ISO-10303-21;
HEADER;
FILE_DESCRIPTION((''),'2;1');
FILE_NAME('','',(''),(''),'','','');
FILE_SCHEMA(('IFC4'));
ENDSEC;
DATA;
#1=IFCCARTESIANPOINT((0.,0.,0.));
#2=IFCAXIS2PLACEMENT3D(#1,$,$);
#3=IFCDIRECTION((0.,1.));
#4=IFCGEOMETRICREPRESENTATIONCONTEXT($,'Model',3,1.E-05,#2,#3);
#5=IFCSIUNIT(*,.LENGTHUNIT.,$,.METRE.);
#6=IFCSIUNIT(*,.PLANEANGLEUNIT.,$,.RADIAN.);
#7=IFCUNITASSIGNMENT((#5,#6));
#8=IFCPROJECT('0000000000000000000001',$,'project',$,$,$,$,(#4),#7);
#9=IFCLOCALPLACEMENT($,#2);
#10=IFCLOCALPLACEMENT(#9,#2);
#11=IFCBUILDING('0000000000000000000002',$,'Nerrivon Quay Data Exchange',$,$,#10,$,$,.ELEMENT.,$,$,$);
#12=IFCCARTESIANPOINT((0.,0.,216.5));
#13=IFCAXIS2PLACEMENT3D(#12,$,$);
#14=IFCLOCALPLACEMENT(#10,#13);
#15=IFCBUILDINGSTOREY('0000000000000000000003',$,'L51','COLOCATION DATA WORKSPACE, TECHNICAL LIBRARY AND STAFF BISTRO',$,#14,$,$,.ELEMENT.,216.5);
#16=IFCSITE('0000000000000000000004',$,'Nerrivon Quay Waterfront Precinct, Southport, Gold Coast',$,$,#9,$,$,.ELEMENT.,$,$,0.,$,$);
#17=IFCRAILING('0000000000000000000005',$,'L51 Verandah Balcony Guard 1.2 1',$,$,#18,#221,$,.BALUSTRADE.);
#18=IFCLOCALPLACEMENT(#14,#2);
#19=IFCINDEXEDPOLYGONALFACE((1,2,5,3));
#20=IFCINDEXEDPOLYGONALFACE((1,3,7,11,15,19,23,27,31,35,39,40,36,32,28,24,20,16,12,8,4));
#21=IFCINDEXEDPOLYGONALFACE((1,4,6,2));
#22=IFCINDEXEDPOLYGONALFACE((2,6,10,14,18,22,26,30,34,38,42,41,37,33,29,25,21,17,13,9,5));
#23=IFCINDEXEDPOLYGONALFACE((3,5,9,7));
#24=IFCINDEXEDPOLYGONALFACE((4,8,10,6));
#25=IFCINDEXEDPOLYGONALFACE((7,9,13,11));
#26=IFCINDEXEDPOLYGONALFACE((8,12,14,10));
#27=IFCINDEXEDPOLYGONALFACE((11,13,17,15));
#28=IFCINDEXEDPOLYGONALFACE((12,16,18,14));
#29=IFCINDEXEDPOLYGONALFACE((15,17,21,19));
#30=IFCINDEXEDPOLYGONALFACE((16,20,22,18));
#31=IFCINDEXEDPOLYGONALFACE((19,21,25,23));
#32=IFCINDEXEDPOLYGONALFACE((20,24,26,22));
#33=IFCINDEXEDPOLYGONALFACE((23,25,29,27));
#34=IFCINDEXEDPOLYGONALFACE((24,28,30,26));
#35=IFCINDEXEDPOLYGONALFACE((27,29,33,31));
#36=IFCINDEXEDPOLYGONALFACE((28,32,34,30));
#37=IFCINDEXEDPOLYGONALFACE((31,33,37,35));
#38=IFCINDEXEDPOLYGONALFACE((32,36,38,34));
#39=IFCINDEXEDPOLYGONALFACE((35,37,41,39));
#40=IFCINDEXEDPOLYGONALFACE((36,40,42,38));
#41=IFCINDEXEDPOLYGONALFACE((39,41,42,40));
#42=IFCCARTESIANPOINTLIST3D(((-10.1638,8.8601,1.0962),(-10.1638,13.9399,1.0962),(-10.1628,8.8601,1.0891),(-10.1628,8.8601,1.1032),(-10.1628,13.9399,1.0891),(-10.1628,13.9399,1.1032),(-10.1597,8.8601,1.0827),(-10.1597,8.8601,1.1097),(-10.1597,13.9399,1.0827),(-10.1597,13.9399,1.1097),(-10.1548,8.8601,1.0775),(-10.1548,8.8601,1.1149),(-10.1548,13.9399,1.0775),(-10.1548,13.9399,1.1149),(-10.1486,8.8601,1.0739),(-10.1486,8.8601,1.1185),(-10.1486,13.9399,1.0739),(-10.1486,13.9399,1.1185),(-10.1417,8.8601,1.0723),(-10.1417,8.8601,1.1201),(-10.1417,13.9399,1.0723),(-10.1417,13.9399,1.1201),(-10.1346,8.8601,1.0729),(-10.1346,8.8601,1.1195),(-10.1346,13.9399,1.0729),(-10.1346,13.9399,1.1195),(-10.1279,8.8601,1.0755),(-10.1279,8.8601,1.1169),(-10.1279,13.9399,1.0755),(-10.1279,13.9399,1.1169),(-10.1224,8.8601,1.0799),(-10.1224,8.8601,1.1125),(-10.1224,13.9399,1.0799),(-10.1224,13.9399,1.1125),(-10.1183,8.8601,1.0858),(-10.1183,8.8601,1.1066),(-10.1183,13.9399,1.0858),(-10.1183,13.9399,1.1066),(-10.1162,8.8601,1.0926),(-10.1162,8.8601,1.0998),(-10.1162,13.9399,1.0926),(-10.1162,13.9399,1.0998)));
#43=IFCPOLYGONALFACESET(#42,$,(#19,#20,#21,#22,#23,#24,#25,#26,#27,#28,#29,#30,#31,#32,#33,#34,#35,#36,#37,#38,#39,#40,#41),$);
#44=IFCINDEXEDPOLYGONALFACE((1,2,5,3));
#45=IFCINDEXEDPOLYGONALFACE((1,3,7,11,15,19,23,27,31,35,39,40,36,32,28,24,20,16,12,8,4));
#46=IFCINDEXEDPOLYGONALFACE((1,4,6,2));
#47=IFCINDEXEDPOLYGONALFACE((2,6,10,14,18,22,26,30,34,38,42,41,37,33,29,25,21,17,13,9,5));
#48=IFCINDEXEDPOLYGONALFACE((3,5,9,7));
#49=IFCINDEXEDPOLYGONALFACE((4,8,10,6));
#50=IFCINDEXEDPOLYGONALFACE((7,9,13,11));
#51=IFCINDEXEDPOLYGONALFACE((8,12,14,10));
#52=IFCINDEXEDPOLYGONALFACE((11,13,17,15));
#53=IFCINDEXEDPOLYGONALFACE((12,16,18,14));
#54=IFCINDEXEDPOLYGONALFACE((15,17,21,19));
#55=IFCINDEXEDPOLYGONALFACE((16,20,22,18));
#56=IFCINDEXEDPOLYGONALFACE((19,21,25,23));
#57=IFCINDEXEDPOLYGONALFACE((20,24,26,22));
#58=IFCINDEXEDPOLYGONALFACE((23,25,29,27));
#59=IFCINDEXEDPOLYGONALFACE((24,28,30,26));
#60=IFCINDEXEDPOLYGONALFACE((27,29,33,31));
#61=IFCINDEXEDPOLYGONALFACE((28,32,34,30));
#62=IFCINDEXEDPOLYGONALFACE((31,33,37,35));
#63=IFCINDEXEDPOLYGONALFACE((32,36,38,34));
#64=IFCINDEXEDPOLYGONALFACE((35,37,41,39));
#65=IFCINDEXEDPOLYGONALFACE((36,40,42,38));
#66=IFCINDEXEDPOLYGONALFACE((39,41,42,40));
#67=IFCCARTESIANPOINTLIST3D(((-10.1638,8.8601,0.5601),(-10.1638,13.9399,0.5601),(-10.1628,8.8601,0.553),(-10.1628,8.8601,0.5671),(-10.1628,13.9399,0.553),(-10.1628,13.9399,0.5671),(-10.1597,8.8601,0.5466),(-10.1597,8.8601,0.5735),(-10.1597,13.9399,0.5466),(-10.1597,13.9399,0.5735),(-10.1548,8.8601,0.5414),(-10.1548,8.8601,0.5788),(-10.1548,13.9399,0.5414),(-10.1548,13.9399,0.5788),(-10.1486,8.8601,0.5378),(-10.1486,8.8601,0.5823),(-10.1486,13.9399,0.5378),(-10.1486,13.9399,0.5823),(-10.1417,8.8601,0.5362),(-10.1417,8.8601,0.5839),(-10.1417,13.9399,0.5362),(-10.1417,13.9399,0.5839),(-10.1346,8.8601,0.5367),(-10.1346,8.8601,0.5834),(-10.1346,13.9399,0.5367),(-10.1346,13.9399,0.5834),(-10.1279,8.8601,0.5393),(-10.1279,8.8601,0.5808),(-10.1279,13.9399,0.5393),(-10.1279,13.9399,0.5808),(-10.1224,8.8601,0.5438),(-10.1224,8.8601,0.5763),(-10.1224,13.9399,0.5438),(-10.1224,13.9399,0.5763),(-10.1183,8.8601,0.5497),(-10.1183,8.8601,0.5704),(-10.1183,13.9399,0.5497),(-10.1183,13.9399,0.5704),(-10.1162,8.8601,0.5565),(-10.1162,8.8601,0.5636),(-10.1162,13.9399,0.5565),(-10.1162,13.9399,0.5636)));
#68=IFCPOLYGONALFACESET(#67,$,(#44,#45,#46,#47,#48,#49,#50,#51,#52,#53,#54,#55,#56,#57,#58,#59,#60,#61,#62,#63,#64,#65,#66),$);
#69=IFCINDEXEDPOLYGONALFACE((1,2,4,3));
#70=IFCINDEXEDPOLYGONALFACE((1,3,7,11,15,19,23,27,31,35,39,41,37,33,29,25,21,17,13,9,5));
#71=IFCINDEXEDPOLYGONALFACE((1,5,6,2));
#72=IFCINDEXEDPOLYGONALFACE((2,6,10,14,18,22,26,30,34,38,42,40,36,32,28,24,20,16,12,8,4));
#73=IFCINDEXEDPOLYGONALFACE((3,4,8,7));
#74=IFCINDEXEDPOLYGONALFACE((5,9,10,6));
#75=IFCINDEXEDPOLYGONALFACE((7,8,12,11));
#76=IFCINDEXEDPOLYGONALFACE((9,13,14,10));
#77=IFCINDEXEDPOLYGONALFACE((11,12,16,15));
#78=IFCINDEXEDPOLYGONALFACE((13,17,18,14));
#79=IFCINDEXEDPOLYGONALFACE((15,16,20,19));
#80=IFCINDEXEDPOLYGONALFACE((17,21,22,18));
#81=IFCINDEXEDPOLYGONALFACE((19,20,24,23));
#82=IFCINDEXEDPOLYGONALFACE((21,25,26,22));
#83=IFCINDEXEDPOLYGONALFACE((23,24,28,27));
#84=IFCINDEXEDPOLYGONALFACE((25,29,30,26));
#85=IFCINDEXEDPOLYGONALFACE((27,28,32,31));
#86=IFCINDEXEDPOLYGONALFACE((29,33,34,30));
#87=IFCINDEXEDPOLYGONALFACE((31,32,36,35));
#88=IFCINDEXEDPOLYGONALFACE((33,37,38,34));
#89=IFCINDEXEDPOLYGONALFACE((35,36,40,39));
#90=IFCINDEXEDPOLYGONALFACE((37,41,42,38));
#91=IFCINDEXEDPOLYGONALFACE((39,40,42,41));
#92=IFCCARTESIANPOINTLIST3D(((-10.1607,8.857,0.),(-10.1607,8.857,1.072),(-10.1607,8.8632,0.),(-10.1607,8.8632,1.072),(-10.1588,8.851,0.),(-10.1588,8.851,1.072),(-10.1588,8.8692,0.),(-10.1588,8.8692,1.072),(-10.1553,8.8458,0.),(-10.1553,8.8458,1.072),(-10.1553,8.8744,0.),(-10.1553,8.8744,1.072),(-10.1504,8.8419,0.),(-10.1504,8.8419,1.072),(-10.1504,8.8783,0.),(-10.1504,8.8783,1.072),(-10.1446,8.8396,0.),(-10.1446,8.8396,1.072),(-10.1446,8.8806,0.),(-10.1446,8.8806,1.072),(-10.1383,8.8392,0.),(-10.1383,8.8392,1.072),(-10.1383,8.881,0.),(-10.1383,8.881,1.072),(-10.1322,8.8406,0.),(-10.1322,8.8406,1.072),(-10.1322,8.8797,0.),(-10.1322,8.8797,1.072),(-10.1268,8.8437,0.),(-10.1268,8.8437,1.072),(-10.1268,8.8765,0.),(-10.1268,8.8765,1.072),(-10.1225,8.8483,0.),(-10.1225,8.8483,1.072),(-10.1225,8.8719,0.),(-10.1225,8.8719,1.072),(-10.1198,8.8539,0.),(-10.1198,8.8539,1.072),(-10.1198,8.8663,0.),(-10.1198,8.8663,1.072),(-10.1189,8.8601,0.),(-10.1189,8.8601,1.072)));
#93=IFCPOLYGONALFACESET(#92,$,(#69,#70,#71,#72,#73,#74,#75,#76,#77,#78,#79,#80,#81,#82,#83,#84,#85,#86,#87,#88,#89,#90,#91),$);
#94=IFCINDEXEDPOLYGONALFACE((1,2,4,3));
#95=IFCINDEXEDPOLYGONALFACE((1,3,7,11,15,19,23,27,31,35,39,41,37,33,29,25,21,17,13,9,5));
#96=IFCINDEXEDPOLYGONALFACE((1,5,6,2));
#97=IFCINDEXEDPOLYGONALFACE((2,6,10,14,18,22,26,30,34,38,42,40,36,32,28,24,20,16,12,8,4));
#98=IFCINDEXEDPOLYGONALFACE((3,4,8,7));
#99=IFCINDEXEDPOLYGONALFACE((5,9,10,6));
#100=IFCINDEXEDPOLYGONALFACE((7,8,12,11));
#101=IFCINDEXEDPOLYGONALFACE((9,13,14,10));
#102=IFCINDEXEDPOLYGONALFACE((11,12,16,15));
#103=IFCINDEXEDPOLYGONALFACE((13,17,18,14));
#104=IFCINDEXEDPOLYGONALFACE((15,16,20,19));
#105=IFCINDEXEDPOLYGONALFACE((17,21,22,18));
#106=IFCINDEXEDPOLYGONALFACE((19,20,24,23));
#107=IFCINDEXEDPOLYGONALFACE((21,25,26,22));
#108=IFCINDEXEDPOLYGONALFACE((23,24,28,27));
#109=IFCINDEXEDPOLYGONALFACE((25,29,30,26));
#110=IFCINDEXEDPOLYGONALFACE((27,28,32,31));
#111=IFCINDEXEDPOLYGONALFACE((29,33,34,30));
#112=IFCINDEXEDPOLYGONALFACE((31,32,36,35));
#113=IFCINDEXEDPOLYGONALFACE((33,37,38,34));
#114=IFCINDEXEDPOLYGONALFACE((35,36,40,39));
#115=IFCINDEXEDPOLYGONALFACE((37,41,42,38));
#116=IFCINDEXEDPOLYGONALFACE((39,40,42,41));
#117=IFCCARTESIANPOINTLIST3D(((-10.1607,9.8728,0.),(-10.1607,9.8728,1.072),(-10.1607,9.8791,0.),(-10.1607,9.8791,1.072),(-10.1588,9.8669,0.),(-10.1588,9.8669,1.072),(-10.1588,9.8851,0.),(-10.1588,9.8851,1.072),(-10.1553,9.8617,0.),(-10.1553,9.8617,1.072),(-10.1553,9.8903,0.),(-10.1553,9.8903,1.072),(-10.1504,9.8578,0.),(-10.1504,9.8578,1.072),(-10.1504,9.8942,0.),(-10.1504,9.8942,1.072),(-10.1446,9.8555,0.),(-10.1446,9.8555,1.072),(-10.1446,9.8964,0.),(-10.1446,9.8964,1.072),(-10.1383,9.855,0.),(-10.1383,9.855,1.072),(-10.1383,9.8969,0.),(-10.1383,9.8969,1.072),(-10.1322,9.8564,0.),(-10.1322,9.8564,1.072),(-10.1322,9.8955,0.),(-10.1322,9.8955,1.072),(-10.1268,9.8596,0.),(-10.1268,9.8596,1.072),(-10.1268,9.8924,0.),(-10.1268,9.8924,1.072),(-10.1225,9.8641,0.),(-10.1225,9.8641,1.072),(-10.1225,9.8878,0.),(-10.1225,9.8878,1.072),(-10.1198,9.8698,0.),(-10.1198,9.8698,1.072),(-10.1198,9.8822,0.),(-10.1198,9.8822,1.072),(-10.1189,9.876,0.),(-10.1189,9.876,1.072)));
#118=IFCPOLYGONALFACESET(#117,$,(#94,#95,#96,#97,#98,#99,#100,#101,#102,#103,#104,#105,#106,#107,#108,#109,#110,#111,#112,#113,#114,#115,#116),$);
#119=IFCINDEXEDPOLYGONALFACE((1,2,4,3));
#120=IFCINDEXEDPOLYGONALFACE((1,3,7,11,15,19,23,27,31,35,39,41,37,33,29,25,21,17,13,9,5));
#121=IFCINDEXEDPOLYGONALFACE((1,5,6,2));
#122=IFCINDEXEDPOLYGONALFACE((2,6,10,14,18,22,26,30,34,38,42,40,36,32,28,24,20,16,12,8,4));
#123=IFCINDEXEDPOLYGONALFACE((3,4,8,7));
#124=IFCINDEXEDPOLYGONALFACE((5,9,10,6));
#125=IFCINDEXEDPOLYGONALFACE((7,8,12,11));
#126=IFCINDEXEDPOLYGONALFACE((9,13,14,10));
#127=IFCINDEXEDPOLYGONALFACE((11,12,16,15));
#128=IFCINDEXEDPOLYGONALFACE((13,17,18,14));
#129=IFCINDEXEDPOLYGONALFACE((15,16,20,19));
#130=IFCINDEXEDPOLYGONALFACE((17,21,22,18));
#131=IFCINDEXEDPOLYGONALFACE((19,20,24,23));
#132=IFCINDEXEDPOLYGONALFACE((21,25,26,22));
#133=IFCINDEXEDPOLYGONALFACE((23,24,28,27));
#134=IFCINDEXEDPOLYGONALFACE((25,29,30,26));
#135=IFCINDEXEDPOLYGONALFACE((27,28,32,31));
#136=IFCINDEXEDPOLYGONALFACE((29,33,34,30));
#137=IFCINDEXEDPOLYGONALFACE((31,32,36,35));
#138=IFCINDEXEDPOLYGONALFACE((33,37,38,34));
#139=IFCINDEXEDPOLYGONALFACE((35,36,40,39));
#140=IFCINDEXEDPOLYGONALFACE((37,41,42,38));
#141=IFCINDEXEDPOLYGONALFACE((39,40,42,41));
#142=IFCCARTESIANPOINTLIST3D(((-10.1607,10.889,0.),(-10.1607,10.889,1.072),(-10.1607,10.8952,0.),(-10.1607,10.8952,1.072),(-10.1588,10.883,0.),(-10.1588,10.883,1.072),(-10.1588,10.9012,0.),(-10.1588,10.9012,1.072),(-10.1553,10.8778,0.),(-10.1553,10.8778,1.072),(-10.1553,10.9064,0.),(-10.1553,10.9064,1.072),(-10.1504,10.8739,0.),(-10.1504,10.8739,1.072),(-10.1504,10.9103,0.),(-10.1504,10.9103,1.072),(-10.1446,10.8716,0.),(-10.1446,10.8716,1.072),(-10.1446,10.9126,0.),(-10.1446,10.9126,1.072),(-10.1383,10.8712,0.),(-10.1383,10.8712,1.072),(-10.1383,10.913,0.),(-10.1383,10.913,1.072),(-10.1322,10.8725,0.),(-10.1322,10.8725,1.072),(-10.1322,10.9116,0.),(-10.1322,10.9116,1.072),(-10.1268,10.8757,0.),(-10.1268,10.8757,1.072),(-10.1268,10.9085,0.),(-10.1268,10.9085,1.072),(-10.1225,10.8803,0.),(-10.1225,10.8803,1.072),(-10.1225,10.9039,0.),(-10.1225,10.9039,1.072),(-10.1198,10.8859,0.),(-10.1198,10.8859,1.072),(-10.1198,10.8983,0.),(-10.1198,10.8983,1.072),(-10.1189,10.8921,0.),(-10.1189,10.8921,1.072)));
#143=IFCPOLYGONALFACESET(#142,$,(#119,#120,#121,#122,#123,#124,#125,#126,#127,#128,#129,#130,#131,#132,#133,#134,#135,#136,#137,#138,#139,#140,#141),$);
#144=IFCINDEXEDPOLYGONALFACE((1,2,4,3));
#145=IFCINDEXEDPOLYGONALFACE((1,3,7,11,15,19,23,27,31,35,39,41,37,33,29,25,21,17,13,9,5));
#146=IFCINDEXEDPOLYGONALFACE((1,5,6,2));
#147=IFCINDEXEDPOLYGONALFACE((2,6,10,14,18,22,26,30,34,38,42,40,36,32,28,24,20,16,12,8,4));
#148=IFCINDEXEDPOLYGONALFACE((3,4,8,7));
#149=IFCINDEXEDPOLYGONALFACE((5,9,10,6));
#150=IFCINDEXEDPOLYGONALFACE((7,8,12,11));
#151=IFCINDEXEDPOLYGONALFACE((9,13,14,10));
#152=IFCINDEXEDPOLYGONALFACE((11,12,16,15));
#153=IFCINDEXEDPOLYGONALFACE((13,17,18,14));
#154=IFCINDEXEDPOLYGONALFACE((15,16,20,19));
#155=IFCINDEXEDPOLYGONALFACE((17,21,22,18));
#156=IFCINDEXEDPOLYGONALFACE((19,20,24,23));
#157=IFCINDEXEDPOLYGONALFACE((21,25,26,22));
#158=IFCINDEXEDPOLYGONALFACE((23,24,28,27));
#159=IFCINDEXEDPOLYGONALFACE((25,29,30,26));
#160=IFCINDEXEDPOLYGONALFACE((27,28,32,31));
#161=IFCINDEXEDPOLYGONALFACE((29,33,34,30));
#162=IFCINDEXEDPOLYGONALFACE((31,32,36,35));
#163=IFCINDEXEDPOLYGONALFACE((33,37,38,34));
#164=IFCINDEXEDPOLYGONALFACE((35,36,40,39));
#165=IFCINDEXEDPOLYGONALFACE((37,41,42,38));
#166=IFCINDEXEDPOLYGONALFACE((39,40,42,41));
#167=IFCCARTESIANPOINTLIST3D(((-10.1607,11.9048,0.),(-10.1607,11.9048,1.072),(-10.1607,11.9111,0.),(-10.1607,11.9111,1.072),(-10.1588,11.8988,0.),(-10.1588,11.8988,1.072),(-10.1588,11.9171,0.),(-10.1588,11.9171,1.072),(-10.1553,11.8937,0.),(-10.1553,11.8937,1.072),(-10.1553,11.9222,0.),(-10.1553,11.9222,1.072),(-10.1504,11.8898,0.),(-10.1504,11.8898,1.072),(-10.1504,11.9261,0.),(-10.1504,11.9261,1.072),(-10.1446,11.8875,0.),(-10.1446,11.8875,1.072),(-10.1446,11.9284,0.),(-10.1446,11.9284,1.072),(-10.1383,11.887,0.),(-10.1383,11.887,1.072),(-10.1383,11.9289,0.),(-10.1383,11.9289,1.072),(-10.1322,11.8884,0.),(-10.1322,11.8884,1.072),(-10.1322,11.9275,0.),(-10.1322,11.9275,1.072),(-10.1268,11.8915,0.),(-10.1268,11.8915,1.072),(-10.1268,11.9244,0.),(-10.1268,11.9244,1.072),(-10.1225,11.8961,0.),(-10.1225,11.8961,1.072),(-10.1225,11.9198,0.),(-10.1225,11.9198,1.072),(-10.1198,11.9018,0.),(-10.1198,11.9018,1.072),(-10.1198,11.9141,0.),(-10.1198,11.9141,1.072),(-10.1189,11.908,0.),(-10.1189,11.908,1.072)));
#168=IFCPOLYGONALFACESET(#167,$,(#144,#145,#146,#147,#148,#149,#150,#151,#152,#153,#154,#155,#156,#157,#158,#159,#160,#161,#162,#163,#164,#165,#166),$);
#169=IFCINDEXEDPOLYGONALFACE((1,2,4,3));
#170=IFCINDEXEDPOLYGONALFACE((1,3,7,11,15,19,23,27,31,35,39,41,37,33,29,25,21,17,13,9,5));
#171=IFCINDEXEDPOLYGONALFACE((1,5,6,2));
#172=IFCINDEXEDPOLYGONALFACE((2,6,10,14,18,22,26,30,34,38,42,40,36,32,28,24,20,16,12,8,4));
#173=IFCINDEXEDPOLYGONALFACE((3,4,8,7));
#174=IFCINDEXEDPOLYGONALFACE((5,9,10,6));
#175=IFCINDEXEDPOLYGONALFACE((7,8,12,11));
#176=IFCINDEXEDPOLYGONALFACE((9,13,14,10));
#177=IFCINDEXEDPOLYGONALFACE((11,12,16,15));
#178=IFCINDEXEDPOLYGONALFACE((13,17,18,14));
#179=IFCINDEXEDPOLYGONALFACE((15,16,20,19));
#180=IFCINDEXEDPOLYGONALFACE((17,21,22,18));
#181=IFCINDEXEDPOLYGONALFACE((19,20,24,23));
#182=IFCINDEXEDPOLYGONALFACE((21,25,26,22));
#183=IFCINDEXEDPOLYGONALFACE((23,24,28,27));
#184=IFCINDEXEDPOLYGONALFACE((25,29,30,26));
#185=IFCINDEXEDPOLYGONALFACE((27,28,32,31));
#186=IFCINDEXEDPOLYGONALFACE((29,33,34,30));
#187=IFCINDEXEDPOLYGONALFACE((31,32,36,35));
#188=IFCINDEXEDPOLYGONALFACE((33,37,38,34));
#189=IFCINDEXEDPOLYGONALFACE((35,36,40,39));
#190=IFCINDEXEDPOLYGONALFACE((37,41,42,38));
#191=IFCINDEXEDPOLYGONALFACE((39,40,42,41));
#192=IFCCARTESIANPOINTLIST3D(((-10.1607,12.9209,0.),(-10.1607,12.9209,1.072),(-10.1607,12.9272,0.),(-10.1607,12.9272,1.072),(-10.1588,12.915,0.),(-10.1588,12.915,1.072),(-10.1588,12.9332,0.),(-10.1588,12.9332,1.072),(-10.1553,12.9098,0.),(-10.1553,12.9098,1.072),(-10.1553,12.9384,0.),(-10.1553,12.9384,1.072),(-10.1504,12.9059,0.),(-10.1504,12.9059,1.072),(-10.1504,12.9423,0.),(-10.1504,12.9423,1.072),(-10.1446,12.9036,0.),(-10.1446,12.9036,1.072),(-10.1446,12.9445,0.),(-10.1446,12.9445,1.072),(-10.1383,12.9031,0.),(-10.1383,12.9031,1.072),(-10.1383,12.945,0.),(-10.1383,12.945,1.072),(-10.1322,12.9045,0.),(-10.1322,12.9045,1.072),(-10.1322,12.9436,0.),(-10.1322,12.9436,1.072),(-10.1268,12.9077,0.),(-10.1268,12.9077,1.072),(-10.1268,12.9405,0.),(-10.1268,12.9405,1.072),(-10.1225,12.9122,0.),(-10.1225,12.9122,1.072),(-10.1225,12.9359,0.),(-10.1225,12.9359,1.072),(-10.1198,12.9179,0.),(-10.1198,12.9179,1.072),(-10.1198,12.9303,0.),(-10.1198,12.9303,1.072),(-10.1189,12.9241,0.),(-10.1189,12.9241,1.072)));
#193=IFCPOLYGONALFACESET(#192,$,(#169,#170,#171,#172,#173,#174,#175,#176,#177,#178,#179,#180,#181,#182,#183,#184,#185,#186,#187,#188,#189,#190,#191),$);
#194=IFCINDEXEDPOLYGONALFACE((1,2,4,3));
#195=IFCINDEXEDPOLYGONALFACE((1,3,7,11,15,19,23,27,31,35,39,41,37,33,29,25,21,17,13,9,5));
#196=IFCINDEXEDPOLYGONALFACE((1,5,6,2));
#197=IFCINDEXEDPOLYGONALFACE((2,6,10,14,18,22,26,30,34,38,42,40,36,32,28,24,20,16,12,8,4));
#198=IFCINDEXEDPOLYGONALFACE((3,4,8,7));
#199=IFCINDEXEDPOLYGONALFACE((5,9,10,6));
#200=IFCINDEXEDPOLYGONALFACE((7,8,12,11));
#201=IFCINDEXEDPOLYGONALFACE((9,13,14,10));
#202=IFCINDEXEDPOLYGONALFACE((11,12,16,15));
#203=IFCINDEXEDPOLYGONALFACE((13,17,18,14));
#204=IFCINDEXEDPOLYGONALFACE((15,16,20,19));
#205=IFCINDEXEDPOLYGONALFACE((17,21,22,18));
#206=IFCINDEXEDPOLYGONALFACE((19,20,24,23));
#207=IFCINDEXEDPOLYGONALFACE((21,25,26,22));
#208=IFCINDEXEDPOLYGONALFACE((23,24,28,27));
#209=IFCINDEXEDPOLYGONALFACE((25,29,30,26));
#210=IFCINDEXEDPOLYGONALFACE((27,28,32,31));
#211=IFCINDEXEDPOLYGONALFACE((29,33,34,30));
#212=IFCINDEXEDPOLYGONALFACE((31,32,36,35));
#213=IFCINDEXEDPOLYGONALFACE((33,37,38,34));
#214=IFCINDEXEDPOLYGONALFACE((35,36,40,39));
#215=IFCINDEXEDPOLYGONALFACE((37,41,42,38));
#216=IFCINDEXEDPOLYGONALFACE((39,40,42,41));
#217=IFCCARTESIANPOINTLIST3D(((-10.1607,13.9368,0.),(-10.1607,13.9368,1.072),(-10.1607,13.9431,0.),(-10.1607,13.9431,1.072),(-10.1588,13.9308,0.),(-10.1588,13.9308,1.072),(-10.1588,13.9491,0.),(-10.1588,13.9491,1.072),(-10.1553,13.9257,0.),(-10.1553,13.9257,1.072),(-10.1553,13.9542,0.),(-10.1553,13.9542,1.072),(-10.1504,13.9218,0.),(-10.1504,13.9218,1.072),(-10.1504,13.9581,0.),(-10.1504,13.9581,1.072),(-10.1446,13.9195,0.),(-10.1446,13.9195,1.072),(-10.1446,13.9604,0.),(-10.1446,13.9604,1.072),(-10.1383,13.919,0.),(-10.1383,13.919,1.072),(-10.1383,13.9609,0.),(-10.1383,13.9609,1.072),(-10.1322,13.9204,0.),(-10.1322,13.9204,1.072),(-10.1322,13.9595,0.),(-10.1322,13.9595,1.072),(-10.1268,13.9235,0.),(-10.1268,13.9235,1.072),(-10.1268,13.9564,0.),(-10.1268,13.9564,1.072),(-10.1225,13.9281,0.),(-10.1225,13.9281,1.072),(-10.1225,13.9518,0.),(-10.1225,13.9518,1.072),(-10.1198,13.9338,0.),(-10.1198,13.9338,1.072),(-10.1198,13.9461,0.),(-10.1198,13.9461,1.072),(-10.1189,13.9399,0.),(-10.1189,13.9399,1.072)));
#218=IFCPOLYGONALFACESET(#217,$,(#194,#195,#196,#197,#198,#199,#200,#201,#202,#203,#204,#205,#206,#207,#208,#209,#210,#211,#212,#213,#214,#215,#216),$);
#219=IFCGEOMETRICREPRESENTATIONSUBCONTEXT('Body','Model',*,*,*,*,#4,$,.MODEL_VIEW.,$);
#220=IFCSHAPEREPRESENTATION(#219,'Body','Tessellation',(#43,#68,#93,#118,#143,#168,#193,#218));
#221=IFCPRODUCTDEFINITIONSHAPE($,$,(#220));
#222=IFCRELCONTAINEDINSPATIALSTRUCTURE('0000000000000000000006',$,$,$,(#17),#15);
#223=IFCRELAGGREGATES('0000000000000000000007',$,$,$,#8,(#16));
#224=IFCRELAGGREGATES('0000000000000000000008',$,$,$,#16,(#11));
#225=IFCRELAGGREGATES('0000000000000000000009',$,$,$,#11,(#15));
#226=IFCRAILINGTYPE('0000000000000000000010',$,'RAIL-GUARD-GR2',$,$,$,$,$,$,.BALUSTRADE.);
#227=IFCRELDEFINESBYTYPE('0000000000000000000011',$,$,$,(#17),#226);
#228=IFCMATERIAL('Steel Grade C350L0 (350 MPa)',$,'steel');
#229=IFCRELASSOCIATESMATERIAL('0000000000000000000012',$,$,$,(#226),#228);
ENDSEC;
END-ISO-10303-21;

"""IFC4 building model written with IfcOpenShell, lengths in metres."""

from ifc_helpers import new_model, si_unit, direction, frame, origin, origin_2d, place, context, subcontext, project, spatial, circle, extrude, material, type_object, element, save


model = new_model("IFC4")

# Units and contexts
model_context = context("Model", 3, precision=1e-05, world=origin(), true_north=direction((0.0, 1.0)))
body_context = subcontext(model_context, "Body", "Model", "MODEL_VIEW")
ifc_project = project(units=[si_unit("LENGTHUNIT", "METRE"), si_unit("PLANEANGLEUNIT", "RADIAN")], contexts=[model_context])

# Site, building, storey
site_placement = place(None, origin())
site = spatial("IfcSite", under=ifc_project, at=site_placement, Name="Nerrivon Quay Waterfront Precinct, Southport, Gold Coast", CompositionType="ELEMENT", RefElevation=0.0)
building_placement = place(site_placement, origin())
building = spatial("IfcBuilding", under=site, at=building_placement, Name="Nerrivon Quay Data Exchange", CompositionType="ELEMENT")
storey_placement = place(building_placement, frame((0.0, 0.0, 216.5)))
storey = spatial("IfcBuildingStorey", under=building, at=storey_placement, Name="L51", Description="COLOCATION DATA WORKSPACE, TECHNICAL LIBRARY AND STAFF BISTRO", CompositionType="ELEMENT", Elevation=216.5)

# Shared definitions
ifc_material_1 = material(Name="Steel Grade C350L0 (350 MPa)", Category="steel")

# Railing
railing_type = type_object("IfcRailingType", Name="RAIL-GUARD-GR2", PredefinedType="BALUSTRADE", material=ifc_material_1)
railing_1_placement = place(storey_placement, frame((-10.1399, 8.8601, 0.0)))
element("IfcRailing", 1, at=railing_1_placement, inside=storey, type_object=railing_type, Name="L51 Verandah Balcony Guard 1.2 1", PredefinedType="BALUSTRADE", context=body_context, shape_type="SweptSolid", body=[
    extrude(circle(Radius=0.0239, at=origin_2d()), frame((0.0, 0.0, 1.0962), z_axis=(0.0, 1.0, 0.0), x_axis=(-1.0, 0.0, 0.0)), (0.0, 0.0, 1.0), 5.0798),
    extrude(circle(Radius=0.0239, at=origin_2d()), frame((0.0, 0.0, 0.5601), z_axis=(0.0, 1.0, 0.0), x_axis=(-1.0, 0.0, 0.0)), (0.0, 0.0, 1.0), 5.0798),
    extrude(circle(Radius=0.021, at=origin_2d()), origin(), (0.0, 0.0, 1.0), 1.072),
    extrude(circle(Radius=0.021, at=origin_2d()), frame((0.0, 1.0159, 0.0)), (0.0, 0.0, 1.0), 1.072),
    extrude(circle(Radius=0.021, at=origin_2d()), frame((0.0, 2.032, 0.0)), (0.0, 0.0, 1.0), 1.072),
    extrude(circle(Radius=0.021, at=origin_2d()), frame((0.0, 3.0479, 0.0)), (0.0, 0.0, 1.0), 1.072),
    extrude(circle(Radius=0.021, at=origin_2d()), frame((0.0, 4.064, 0.0)), (0.0, 0.0, 1.0), 1.072),
    extrude(circle(Radius=0.021, at=origin_2d()), frame((0.0, 5.0798, 0.0)), (0.0, 0.0, 1.0), 1.072),
])

save(model, "model.ifc")
